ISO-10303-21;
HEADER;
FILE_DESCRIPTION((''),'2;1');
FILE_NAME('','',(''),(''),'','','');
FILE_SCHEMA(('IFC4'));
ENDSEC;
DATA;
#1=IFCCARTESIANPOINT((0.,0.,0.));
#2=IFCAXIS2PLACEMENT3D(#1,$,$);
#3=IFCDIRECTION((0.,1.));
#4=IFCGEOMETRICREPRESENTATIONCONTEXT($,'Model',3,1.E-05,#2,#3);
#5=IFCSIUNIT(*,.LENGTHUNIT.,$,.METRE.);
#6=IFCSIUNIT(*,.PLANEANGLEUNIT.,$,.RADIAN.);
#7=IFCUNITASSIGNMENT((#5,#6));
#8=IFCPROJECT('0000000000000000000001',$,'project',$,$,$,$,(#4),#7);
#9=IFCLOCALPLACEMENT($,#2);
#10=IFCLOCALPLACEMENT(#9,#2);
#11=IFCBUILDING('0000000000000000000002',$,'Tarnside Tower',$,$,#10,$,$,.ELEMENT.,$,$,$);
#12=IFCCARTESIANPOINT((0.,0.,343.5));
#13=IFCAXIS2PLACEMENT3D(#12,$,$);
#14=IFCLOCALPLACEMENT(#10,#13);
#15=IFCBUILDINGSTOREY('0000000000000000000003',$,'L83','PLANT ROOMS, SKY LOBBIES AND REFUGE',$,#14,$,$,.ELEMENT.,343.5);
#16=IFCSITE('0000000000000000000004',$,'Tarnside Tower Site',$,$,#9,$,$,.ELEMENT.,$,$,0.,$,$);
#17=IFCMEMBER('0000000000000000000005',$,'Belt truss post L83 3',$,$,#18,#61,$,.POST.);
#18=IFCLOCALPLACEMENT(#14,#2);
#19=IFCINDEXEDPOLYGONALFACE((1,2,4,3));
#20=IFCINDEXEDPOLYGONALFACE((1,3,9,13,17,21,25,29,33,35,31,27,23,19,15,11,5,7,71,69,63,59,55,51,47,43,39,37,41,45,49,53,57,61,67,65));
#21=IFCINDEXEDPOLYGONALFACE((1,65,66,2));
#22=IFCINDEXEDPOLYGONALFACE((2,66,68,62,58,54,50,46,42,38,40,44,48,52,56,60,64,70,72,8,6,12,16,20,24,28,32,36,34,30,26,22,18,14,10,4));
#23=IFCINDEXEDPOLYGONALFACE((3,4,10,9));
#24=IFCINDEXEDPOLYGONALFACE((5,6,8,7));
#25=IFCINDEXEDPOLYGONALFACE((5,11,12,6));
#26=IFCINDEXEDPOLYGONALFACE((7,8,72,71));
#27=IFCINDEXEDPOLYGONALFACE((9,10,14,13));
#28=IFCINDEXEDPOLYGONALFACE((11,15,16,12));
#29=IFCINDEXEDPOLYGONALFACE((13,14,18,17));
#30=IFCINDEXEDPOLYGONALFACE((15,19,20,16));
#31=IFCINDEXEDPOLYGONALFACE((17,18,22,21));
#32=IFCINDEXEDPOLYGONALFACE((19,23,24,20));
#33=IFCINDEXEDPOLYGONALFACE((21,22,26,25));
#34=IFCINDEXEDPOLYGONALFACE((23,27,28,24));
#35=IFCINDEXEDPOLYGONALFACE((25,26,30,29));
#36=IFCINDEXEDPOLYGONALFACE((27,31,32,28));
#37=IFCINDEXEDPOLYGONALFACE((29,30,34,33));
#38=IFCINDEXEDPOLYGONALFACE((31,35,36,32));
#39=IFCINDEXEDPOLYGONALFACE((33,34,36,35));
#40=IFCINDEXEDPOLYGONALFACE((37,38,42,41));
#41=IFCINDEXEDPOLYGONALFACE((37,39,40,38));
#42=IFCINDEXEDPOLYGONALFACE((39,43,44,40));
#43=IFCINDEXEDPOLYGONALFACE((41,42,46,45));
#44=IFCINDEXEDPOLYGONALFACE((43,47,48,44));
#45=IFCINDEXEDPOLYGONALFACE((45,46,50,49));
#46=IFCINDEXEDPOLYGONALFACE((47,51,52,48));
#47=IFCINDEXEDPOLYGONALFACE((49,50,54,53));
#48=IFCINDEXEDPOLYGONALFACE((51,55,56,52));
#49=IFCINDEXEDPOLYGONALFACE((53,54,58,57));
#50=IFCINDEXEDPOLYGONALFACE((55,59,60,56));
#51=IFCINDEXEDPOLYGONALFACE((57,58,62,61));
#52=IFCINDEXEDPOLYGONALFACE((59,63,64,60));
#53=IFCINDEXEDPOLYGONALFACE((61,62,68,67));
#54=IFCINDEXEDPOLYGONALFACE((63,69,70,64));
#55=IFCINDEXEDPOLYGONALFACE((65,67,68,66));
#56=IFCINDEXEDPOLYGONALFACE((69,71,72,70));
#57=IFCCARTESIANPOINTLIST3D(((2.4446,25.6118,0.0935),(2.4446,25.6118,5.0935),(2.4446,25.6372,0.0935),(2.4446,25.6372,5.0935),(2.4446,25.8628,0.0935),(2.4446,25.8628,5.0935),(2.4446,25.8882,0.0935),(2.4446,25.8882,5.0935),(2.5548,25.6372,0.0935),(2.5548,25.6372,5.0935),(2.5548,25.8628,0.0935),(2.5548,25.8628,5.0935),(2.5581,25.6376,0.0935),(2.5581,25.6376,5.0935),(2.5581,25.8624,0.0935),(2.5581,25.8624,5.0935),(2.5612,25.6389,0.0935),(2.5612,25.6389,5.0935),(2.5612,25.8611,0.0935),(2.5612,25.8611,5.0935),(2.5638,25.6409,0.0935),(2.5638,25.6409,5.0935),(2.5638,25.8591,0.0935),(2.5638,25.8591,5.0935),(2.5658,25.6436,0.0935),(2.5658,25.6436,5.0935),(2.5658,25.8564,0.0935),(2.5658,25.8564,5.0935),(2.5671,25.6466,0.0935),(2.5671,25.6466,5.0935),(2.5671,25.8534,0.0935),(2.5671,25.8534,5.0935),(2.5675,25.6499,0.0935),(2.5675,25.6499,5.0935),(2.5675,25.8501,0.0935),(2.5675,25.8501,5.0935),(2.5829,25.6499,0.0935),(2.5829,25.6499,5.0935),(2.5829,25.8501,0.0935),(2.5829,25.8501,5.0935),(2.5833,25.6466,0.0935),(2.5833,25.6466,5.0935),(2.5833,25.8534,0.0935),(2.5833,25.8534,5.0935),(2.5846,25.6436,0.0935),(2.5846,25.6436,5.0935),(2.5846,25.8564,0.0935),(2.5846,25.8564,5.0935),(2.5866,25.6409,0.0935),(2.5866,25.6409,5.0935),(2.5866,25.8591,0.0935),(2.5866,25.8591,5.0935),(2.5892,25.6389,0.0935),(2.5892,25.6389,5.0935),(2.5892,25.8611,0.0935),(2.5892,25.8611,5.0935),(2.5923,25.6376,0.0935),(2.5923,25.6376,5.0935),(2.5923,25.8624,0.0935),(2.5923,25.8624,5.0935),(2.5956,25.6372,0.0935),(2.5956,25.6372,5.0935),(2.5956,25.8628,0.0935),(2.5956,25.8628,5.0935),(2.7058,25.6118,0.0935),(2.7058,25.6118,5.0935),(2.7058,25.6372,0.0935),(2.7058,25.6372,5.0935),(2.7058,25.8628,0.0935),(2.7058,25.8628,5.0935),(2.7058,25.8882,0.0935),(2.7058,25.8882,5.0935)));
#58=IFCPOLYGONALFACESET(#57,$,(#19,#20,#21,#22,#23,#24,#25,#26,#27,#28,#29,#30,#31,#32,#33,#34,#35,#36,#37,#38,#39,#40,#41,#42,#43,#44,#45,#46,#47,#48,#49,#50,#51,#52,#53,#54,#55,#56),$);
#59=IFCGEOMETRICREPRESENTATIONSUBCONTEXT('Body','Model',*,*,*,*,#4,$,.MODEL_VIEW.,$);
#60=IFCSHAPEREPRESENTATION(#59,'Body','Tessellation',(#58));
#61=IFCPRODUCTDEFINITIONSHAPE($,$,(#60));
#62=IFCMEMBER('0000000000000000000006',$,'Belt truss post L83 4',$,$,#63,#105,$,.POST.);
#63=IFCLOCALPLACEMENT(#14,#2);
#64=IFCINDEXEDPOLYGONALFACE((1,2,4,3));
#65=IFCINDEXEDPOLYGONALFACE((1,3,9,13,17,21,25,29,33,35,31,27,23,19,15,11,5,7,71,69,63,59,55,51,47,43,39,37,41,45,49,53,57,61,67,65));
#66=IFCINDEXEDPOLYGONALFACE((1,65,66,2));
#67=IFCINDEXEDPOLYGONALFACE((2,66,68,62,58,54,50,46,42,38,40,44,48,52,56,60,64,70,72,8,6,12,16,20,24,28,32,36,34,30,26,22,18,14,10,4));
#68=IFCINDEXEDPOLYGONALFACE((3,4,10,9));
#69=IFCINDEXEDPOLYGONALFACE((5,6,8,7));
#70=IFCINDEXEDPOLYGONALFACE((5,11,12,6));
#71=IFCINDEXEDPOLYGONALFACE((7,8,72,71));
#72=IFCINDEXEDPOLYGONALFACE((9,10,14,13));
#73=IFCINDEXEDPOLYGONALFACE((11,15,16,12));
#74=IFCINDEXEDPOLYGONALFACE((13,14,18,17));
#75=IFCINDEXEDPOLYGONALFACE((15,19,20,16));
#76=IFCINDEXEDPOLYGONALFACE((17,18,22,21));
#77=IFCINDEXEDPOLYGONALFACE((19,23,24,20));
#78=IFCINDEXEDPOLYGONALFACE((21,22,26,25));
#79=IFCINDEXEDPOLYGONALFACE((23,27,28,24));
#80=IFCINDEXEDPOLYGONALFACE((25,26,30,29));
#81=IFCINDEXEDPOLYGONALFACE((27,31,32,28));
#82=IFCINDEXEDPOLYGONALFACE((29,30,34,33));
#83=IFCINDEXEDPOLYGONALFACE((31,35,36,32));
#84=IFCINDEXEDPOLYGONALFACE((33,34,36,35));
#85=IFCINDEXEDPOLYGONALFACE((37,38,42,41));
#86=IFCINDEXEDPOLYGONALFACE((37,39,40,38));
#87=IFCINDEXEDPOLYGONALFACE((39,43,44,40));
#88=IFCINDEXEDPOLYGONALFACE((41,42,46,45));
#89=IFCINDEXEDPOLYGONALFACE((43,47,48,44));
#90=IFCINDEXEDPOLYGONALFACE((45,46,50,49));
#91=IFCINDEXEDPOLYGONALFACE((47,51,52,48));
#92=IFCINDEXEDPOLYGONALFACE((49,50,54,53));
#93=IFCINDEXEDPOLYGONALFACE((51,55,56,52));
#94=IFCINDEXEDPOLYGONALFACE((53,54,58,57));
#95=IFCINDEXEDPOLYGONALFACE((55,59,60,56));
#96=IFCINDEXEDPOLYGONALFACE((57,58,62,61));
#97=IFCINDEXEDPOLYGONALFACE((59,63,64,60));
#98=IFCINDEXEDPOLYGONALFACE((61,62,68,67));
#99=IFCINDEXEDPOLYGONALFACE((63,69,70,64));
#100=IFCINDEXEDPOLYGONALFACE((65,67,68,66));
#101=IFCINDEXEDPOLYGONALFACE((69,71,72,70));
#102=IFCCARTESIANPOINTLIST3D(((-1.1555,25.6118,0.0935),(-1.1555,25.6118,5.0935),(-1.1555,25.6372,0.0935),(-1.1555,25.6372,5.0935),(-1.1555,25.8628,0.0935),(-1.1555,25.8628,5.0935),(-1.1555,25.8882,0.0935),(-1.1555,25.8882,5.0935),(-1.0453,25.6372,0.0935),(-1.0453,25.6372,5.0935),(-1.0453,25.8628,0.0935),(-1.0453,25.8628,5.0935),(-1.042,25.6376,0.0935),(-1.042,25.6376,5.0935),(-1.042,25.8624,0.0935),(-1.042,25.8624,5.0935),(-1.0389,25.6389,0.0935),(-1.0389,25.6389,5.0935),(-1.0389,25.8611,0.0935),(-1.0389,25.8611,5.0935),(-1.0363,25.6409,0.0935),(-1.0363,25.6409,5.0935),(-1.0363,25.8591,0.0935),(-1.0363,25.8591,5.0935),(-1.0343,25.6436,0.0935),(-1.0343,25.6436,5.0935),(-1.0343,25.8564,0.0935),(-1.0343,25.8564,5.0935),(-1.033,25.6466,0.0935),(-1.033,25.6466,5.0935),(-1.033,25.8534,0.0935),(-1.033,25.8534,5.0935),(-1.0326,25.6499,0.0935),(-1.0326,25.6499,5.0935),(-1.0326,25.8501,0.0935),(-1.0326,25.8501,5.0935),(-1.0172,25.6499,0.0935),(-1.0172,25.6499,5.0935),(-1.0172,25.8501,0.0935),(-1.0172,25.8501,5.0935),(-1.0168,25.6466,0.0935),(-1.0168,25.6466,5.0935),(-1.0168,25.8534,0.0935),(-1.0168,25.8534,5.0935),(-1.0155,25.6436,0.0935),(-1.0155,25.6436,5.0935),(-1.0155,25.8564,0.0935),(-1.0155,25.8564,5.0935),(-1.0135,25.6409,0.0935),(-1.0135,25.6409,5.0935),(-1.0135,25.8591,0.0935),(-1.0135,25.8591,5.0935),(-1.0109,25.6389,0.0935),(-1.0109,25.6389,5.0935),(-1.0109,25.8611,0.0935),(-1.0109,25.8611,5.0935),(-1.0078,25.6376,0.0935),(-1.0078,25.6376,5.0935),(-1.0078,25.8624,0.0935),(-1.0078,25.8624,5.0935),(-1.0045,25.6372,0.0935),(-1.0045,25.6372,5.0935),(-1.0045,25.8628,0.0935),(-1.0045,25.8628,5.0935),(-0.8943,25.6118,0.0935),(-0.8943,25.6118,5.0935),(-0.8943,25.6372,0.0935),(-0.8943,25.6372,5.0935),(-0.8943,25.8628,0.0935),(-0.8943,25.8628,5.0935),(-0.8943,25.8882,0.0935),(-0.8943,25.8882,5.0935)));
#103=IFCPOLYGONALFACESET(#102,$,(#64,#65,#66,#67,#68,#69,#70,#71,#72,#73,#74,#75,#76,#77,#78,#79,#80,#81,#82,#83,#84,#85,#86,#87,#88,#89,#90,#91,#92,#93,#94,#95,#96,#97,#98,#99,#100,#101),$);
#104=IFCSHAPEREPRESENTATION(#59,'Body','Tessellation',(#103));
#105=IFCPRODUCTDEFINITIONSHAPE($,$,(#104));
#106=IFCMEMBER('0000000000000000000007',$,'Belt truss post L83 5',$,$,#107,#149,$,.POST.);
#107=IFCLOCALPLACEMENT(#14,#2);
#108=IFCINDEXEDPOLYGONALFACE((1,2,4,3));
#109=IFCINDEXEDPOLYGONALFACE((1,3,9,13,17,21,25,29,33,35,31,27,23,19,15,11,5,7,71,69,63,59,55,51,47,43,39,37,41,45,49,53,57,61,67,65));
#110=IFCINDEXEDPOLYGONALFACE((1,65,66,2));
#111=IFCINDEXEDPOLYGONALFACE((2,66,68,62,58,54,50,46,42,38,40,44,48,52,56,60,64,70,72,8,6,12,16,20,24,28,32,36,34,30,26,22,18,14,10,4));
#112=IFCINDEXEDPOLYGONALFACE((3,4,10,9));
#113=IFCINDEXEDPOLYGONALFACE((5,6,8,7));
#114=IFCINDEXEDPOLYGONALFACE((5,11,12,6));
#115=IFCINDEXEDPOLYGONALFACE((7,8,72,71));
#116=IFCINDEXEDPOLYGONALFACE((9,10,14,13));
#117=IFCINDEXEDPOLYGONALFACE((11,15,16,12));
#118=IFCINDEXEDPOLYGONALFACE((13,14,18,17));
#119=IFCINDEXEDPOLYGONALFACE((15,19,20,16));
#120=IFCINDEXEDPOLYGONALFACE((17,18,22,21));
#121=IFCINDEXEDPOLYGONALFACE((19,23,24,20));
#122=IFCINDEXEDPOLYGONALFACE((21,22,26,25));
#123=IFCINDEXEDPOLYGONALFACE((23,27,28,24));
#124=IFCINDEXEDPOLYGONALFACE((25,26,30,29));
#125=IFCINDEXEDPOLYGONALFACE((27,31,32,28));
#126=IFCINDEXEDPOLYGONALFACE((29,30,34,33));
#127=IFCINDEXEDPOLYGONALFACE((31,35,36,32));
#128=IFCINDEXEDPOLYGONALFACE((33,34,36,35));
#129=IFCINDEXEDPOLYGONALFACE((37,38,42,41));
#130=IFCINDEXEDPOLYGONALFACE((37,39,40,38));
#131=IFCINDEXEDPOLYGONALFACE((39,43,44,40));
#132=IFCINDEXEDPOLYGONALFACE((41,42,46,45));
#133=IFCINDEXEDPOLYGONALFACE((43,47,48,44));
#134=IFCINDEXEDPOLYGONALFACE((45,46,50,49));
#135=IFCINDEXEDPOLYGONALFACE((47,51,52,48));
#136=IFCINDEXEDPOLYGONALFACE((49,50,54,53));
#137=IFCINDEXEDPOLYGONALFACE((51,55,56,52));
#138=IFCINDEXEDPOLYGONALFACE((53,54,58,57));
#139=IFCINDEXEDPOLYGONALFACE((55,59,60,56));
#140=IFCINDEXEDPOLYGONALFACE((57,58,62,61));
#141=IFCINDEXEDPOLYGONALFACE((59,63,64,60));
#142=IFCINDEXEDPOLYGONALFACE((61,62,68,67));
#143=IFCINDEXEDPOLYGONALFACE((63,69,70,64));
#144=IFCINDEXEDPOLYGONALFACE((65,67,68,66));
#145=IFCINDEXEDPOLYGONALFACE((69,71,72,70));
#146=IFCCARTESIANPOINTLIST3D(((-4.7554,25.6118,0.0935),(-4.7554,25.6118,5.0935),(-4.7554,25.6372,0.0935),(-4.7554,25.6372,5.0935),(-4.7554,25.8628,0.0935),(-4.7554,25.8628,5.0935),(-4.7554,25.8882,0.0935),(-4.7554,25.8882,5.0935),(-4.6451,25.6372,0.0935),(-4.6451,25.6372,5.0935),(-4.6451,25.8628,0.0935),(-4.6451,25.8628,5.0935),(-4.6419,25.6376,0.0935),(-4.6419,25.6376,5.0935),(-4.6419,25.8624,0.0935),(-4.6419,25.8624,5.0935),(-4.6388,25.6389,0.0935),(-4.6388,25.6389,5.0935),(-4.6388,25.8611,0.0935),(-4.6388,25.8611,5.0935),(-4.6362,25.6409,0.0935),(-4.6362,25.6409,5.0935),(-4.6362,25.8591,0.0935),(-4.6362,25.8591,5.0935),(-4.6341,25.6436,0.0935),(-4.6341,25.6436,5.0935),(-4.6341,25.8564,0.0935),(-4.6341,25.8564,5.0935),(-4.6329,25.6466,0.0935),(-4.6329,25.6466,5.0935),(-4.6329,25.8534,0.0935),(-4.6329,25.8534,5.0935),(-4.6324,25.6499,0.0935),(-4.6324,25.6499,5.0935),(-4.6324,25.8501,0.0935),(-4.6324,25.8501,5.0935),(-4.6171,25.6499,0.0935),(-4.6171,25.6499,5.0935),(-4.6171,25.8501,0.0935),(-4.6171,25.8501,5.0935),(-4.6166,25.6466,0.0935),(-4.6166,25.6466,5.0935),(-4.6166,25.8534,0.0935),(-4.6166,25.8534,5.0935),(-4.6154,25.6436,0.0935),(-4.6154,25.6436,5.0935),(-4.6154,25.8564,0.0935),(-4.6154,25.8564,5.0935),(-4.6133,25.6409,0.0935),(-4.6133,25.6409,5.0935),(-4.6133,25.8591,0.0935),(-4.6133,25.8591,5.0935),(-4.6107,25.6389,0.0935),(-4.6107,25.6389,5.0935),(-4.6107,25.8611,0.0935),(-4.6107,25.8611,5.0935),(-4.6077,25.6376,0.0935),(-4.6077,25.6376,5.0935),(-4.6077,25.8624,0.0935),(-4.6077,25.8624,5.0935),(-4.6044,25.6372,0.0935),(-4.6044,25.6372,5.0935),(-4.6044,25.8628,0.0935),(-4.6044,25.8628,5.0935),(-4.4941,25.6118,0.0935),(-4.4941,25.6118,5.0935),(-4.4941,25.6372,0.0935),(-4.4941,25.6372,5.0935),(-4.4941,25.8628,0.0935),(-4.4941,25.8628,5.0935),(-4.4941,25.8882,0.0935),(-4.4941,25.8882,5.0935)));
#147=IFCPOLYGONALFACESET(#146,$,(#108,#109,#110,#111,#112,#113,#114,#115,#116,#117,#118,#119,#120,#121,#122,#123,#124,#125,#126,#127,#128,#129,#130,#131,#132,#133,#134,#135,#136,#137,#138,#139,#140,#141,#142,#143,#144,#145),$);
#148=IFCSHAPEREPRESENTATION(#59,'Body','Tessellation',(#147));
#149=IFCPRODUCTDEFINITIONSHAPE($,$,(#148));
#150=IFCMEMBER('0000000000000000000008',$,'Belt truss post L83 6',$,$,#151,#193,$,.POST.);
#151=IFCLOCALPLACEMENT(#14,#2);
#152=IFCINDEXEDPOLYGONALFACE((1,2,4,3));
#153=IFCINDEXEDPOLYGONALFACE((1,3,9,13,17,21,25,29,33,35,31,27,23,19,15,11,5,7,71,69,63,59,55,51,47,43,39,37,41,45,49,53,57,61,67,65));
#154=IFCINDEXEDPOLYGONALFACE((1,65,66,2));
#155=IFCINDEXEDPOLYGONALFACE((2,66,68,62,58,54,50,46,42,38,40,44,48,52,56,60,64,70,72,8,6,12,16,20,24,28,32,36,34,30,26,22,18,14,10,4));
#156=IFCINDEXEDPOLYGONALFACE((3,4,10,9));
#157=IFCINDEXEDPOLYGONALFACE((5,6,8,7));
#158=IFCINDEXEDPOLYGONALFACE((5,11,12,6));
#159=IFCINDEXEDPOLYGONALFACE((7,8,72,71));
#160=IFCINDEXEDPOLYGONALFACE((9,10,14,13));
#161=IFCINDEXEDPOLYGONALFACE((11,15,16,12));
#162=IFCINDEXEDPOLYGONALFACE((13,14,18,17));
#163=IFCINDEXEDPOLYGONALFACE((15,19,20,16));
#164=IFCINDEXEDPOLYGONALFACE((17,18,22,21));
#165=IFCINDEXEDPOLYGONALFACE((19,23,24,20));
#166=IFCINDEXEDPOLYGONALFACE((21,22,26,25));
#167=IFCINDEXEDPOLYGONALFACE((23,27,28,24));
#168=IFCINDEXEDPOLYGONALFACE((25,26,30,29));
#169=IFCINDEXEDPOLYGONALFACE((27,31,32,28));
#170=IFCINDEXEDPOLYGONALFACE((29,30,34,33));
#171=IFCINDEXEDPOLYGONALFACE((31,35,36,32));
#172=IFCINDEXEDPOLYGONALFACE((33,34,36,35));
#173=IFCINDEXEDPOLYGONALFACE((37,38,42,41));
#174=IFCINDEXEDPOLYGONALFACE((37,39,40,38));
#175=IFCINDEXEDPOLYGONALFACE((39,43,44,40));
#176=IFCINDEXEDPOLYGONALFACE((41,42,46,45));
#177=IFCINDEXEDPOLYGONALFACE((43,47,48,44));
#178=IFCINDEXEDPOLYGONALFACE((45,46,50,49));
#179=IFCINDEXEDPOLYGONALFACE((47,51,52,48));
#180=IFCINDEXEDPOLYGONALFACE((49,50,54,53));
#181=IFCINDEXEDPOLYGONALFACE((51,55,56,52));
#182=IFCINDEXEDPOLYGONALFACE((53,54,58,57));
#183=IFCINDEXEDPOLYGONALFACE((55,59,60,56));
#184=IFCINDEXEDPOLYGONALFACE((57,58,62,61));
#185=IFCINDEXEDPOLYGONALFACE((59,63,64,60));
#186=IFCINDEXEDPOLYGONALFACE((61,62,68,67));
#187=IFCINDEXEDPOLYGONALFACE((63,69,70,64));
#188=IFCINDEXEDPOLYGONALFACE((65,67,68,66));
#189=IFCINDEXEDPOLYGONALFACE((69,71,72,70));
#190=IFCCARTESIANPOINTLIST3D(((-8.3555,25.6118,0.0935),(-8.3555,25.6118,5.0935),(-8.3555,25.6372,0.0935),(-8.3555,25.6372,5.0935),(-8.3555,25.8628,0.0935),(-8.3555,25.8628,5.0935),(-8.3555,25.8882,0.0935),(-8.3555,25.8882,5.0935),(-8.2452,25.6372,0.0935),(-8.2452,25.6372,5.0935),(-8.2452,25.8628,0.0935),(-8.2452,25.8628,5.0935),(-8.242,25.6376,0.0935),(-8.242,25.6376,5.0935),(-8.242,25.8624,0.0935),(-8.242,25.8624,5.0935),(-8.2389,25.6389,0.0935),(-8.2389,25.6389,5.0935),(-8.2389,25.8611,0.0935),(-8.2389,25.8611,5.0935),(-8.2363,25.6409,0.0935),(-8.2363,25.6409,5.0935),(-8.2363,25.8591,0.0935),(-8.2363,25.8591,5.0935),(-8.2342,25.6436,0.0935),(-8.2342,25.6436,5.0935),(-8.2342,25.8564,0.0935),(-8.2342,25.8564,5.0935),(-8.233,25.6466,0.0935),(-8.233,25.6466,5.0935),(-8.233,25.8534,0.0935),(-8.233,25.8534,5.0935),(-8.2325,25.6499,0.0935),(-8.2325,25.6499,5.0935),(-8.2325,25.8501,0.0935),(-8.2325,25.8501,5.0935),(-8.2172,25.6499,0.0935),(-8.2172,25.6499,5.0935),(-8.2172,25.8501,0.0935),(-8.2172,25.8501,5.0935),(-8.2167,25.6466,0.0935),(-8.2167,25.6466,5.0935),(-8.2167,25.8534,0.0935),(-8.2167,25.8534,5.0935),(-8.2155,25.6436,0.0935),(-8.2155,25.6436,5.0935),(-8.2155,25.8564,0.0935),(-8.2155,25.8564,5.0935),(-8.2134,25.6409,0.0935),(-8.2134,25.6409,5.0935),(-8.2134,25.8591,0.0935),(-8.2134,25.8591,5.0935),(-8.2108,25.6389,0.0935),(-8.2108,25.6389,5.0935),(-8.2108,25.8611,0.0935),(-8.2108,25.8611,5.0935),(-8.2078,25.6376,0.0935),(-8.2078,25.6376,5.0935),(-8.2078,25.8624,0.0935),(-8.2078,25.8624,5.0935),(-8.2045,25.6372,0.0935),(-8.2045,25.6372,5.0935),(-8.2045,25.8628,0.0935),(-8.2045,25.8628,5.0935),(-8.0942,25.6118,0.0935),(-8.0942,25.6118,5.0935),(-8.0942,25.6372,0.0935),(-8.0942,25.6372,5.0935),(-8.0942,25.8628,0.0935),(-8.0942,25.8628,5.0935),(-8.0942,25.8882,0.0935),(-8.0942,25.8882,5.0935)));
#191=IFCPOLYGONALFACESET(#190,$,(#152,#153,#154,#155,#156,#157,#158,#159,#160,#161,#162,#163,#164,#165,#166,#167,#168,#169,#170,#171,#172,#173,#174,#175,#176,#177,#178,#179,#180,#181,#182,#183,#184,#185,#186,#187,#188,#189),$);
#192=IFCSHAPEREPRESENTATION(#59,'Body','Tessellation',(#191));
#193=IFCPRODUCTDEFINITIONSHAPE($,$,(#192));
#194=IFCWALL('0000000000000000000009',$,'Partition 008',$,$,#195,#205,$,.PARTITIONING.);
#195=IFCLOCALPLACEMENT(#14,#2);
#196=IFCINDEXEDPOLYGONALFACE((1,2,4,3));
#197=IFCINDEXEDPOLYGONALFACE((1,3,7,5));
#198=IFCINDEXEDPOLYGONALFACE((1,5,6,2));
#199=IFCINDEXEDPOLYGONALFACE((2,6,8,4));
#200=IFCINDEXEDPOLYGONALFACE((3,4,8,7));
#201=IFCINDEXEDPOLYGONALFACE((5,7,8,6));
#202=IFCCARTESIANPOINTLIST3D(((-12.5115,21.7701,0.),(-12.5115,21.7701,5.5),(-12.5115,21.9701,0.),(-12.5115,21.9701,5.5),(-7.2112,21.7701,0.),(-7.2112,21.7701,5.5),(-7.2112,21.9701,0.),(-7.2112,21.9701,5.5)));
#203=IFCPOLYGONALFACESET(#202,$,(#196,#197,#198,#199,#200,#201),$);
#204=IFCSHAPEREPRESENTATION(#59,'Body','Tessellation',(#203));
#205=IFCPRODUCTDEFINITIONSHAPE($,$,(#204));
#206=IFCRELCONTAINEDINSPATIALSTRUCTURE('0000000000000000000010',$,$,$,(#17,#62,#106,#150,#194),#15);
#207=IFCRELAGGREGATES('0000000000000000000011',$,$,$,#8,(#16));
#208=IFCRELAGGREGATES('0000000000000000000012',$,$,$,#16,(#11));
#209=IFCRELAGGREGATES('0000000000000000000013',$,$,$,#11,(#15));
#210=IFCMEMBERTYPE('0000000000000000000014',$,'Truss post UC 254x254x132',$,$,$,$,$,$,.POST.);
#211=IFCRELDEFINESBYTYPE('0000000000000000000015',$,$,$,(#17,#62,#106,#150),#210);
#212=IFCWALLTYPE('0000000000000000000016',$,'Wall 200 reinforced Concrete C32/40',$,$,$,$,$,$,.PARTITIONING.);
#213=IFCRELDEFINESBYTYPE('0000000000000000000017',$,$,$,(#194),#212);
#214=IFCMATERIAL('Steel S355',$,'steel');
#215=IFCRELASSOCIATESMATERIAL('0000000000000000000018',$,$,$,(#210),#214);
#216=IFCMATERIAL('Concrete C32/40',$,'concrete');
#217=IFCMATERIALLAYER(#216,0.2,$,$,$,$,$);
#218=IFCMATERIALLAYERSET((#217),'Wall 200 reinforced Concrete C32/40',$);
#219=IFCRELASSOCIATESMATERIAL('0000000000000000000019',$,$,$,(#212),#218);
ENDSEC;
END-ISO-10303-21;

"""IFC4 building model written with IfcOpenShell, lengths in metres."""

from ifc_helpers import new_model, si_unit, direction, frame, frame_2d, origin, origin_2d, place, context, subcontext, project, spatial, rectangle, i_section, extrude, material, layer, layer_set, material_profile, profile_set, type_object, element, save


model = new_model("IFC4")

# Units and contexts
model_context = context("Model", 3, precision=1e-05, world=origin(), true_north=direction((0.0, 1.0)))
body_context = subcontext(model_context, "Body", "Model", "MODEL_VIEW")
ifc_project = project(units=[si_unit("LENGTHUNIT", "METRE"), si_unit("PLANEANGLEUNIT", "RADIAN")], contexts=[model_context])

# Site, building, storey
site_placement = place(None, origin())
site = spatial("IfcSite", under=ifc_project, at=site_placement, Name="Tarnside Tower Site", CompositionType="ELEMENT", RefElevation=0.0)
building_placement = place(site_placement, origin())
building = spatial("IfcBuilding", under=site, at=building_placement, Name="Tarnside Tower", CompositionType="ELEMENT")
storey_placement = place(building_placement, frame((0.0, 0.0, 343.5)))
storey = spatial("IfcBuildingStorey", under=building, at=storey_placement, Name="L83", Description="PLANT ROOMS, SKY LOBBIES AND REFUGE", CompositionType="ELEMENT", Elevation=343.5)

# Shared definitions
ifc_material_1 = material(Name="Steel S355", Category="steel")

# Members
ifc_material_profile_1 = material_profile(ifc_material_1, i_section(OverallWidth=0.2612, OverallDepth=0.2764, WebThickness=0.0154, FlangeThickness=0.0254, FilletRadius=0.0127, at=origin_2d()), Name="UC 254x254x132")
ifc_profile_set_1 = profile_set([ifc_material_profile_1], Name="Steel S355")
member_type_1 = type_object("IfcMemberType", Name="Truss post UC 254x254x132", PredefinedType="POST", material=ifc_profile_set_1)
for number, where, z_axis, x_axis, name in (
    (1, (2.5752, 25.75, 0.0935), (0.0, 0.0, 1.0), (-1.0, 0.0, 0.0), "Belt truss post L83 3"),
    (2, (-1.0249, 25.75, 0.0935), (0.0, 0.0, 1.0), (-1.0, 0.0, 0.0), "Belt truss post L83 4"),
    (3, (-4.6248, 25.75, 0.0935), (0.0, 0.0, 1.0), (-1.0, 0.0, 0.0), "Belt truss post L83 5"),
    (4, (-8.2249, 25.75, 0.0935), (0.0, 0.0, 1.0), (-1.0, 0.0, 0.0), "Belt truss post L83 6"),
):
    element("IfcMember", number, at=place(storey_placement, frame(where, z_axis=z_axis, x_axis=x_axis)), inside=storey, type_object=member_type_1, Name=name, PredefinedType="POST", context=body_context, shape_type="SweptSolid", body=[
        extrude(i_section(OverallWidth=0.2612, OverallDepth=0.2764, WebThickness=0.0154, FlangeThickness=0.0254, FilletRadius=0.0127, at=origin_2d()), origin(), (0.0, 0.0, 1.0), 5.0),
    ])

# Wall
ifc_material_2 = material(Name="Concrete C32/40", Category="concrete")
ifc_layer_1 = layer(ifc_material_2, 0.2)
ifc_layer_set_1 = layer_set([ifc_layer_1], Name="Wall 200 reinforced Concrete C32/40")
wall_type = type_object("IfcWallType", Name="Wall 200 reinforced Concrete C32/40", PredefinedType="PARTITIONING", material=ifc_layer_set_1)
wall_1_placement = place(storey_placement, frame((-7.2112, 21.8701, 0.0), z_axis=(0.0, 0.0, 1.0), x_axis=(-1.0, 0.0, 0.0)))
element("IfcWall", 5, at=wall_1_placement, inside=storey, type_object=wall_type, Name="Partition 008", PredefinedType="PARTITIONING", context=body_context, shape_type="SweptSolid", body=[
    extrude(rectangle(XDim=5.3003, YDim=0.2, at=frame_2d((2.6501, 0.0))), origin(), (0.0, 0.0, 1.0), 5.5),
])

save(model, "model.ifc")
